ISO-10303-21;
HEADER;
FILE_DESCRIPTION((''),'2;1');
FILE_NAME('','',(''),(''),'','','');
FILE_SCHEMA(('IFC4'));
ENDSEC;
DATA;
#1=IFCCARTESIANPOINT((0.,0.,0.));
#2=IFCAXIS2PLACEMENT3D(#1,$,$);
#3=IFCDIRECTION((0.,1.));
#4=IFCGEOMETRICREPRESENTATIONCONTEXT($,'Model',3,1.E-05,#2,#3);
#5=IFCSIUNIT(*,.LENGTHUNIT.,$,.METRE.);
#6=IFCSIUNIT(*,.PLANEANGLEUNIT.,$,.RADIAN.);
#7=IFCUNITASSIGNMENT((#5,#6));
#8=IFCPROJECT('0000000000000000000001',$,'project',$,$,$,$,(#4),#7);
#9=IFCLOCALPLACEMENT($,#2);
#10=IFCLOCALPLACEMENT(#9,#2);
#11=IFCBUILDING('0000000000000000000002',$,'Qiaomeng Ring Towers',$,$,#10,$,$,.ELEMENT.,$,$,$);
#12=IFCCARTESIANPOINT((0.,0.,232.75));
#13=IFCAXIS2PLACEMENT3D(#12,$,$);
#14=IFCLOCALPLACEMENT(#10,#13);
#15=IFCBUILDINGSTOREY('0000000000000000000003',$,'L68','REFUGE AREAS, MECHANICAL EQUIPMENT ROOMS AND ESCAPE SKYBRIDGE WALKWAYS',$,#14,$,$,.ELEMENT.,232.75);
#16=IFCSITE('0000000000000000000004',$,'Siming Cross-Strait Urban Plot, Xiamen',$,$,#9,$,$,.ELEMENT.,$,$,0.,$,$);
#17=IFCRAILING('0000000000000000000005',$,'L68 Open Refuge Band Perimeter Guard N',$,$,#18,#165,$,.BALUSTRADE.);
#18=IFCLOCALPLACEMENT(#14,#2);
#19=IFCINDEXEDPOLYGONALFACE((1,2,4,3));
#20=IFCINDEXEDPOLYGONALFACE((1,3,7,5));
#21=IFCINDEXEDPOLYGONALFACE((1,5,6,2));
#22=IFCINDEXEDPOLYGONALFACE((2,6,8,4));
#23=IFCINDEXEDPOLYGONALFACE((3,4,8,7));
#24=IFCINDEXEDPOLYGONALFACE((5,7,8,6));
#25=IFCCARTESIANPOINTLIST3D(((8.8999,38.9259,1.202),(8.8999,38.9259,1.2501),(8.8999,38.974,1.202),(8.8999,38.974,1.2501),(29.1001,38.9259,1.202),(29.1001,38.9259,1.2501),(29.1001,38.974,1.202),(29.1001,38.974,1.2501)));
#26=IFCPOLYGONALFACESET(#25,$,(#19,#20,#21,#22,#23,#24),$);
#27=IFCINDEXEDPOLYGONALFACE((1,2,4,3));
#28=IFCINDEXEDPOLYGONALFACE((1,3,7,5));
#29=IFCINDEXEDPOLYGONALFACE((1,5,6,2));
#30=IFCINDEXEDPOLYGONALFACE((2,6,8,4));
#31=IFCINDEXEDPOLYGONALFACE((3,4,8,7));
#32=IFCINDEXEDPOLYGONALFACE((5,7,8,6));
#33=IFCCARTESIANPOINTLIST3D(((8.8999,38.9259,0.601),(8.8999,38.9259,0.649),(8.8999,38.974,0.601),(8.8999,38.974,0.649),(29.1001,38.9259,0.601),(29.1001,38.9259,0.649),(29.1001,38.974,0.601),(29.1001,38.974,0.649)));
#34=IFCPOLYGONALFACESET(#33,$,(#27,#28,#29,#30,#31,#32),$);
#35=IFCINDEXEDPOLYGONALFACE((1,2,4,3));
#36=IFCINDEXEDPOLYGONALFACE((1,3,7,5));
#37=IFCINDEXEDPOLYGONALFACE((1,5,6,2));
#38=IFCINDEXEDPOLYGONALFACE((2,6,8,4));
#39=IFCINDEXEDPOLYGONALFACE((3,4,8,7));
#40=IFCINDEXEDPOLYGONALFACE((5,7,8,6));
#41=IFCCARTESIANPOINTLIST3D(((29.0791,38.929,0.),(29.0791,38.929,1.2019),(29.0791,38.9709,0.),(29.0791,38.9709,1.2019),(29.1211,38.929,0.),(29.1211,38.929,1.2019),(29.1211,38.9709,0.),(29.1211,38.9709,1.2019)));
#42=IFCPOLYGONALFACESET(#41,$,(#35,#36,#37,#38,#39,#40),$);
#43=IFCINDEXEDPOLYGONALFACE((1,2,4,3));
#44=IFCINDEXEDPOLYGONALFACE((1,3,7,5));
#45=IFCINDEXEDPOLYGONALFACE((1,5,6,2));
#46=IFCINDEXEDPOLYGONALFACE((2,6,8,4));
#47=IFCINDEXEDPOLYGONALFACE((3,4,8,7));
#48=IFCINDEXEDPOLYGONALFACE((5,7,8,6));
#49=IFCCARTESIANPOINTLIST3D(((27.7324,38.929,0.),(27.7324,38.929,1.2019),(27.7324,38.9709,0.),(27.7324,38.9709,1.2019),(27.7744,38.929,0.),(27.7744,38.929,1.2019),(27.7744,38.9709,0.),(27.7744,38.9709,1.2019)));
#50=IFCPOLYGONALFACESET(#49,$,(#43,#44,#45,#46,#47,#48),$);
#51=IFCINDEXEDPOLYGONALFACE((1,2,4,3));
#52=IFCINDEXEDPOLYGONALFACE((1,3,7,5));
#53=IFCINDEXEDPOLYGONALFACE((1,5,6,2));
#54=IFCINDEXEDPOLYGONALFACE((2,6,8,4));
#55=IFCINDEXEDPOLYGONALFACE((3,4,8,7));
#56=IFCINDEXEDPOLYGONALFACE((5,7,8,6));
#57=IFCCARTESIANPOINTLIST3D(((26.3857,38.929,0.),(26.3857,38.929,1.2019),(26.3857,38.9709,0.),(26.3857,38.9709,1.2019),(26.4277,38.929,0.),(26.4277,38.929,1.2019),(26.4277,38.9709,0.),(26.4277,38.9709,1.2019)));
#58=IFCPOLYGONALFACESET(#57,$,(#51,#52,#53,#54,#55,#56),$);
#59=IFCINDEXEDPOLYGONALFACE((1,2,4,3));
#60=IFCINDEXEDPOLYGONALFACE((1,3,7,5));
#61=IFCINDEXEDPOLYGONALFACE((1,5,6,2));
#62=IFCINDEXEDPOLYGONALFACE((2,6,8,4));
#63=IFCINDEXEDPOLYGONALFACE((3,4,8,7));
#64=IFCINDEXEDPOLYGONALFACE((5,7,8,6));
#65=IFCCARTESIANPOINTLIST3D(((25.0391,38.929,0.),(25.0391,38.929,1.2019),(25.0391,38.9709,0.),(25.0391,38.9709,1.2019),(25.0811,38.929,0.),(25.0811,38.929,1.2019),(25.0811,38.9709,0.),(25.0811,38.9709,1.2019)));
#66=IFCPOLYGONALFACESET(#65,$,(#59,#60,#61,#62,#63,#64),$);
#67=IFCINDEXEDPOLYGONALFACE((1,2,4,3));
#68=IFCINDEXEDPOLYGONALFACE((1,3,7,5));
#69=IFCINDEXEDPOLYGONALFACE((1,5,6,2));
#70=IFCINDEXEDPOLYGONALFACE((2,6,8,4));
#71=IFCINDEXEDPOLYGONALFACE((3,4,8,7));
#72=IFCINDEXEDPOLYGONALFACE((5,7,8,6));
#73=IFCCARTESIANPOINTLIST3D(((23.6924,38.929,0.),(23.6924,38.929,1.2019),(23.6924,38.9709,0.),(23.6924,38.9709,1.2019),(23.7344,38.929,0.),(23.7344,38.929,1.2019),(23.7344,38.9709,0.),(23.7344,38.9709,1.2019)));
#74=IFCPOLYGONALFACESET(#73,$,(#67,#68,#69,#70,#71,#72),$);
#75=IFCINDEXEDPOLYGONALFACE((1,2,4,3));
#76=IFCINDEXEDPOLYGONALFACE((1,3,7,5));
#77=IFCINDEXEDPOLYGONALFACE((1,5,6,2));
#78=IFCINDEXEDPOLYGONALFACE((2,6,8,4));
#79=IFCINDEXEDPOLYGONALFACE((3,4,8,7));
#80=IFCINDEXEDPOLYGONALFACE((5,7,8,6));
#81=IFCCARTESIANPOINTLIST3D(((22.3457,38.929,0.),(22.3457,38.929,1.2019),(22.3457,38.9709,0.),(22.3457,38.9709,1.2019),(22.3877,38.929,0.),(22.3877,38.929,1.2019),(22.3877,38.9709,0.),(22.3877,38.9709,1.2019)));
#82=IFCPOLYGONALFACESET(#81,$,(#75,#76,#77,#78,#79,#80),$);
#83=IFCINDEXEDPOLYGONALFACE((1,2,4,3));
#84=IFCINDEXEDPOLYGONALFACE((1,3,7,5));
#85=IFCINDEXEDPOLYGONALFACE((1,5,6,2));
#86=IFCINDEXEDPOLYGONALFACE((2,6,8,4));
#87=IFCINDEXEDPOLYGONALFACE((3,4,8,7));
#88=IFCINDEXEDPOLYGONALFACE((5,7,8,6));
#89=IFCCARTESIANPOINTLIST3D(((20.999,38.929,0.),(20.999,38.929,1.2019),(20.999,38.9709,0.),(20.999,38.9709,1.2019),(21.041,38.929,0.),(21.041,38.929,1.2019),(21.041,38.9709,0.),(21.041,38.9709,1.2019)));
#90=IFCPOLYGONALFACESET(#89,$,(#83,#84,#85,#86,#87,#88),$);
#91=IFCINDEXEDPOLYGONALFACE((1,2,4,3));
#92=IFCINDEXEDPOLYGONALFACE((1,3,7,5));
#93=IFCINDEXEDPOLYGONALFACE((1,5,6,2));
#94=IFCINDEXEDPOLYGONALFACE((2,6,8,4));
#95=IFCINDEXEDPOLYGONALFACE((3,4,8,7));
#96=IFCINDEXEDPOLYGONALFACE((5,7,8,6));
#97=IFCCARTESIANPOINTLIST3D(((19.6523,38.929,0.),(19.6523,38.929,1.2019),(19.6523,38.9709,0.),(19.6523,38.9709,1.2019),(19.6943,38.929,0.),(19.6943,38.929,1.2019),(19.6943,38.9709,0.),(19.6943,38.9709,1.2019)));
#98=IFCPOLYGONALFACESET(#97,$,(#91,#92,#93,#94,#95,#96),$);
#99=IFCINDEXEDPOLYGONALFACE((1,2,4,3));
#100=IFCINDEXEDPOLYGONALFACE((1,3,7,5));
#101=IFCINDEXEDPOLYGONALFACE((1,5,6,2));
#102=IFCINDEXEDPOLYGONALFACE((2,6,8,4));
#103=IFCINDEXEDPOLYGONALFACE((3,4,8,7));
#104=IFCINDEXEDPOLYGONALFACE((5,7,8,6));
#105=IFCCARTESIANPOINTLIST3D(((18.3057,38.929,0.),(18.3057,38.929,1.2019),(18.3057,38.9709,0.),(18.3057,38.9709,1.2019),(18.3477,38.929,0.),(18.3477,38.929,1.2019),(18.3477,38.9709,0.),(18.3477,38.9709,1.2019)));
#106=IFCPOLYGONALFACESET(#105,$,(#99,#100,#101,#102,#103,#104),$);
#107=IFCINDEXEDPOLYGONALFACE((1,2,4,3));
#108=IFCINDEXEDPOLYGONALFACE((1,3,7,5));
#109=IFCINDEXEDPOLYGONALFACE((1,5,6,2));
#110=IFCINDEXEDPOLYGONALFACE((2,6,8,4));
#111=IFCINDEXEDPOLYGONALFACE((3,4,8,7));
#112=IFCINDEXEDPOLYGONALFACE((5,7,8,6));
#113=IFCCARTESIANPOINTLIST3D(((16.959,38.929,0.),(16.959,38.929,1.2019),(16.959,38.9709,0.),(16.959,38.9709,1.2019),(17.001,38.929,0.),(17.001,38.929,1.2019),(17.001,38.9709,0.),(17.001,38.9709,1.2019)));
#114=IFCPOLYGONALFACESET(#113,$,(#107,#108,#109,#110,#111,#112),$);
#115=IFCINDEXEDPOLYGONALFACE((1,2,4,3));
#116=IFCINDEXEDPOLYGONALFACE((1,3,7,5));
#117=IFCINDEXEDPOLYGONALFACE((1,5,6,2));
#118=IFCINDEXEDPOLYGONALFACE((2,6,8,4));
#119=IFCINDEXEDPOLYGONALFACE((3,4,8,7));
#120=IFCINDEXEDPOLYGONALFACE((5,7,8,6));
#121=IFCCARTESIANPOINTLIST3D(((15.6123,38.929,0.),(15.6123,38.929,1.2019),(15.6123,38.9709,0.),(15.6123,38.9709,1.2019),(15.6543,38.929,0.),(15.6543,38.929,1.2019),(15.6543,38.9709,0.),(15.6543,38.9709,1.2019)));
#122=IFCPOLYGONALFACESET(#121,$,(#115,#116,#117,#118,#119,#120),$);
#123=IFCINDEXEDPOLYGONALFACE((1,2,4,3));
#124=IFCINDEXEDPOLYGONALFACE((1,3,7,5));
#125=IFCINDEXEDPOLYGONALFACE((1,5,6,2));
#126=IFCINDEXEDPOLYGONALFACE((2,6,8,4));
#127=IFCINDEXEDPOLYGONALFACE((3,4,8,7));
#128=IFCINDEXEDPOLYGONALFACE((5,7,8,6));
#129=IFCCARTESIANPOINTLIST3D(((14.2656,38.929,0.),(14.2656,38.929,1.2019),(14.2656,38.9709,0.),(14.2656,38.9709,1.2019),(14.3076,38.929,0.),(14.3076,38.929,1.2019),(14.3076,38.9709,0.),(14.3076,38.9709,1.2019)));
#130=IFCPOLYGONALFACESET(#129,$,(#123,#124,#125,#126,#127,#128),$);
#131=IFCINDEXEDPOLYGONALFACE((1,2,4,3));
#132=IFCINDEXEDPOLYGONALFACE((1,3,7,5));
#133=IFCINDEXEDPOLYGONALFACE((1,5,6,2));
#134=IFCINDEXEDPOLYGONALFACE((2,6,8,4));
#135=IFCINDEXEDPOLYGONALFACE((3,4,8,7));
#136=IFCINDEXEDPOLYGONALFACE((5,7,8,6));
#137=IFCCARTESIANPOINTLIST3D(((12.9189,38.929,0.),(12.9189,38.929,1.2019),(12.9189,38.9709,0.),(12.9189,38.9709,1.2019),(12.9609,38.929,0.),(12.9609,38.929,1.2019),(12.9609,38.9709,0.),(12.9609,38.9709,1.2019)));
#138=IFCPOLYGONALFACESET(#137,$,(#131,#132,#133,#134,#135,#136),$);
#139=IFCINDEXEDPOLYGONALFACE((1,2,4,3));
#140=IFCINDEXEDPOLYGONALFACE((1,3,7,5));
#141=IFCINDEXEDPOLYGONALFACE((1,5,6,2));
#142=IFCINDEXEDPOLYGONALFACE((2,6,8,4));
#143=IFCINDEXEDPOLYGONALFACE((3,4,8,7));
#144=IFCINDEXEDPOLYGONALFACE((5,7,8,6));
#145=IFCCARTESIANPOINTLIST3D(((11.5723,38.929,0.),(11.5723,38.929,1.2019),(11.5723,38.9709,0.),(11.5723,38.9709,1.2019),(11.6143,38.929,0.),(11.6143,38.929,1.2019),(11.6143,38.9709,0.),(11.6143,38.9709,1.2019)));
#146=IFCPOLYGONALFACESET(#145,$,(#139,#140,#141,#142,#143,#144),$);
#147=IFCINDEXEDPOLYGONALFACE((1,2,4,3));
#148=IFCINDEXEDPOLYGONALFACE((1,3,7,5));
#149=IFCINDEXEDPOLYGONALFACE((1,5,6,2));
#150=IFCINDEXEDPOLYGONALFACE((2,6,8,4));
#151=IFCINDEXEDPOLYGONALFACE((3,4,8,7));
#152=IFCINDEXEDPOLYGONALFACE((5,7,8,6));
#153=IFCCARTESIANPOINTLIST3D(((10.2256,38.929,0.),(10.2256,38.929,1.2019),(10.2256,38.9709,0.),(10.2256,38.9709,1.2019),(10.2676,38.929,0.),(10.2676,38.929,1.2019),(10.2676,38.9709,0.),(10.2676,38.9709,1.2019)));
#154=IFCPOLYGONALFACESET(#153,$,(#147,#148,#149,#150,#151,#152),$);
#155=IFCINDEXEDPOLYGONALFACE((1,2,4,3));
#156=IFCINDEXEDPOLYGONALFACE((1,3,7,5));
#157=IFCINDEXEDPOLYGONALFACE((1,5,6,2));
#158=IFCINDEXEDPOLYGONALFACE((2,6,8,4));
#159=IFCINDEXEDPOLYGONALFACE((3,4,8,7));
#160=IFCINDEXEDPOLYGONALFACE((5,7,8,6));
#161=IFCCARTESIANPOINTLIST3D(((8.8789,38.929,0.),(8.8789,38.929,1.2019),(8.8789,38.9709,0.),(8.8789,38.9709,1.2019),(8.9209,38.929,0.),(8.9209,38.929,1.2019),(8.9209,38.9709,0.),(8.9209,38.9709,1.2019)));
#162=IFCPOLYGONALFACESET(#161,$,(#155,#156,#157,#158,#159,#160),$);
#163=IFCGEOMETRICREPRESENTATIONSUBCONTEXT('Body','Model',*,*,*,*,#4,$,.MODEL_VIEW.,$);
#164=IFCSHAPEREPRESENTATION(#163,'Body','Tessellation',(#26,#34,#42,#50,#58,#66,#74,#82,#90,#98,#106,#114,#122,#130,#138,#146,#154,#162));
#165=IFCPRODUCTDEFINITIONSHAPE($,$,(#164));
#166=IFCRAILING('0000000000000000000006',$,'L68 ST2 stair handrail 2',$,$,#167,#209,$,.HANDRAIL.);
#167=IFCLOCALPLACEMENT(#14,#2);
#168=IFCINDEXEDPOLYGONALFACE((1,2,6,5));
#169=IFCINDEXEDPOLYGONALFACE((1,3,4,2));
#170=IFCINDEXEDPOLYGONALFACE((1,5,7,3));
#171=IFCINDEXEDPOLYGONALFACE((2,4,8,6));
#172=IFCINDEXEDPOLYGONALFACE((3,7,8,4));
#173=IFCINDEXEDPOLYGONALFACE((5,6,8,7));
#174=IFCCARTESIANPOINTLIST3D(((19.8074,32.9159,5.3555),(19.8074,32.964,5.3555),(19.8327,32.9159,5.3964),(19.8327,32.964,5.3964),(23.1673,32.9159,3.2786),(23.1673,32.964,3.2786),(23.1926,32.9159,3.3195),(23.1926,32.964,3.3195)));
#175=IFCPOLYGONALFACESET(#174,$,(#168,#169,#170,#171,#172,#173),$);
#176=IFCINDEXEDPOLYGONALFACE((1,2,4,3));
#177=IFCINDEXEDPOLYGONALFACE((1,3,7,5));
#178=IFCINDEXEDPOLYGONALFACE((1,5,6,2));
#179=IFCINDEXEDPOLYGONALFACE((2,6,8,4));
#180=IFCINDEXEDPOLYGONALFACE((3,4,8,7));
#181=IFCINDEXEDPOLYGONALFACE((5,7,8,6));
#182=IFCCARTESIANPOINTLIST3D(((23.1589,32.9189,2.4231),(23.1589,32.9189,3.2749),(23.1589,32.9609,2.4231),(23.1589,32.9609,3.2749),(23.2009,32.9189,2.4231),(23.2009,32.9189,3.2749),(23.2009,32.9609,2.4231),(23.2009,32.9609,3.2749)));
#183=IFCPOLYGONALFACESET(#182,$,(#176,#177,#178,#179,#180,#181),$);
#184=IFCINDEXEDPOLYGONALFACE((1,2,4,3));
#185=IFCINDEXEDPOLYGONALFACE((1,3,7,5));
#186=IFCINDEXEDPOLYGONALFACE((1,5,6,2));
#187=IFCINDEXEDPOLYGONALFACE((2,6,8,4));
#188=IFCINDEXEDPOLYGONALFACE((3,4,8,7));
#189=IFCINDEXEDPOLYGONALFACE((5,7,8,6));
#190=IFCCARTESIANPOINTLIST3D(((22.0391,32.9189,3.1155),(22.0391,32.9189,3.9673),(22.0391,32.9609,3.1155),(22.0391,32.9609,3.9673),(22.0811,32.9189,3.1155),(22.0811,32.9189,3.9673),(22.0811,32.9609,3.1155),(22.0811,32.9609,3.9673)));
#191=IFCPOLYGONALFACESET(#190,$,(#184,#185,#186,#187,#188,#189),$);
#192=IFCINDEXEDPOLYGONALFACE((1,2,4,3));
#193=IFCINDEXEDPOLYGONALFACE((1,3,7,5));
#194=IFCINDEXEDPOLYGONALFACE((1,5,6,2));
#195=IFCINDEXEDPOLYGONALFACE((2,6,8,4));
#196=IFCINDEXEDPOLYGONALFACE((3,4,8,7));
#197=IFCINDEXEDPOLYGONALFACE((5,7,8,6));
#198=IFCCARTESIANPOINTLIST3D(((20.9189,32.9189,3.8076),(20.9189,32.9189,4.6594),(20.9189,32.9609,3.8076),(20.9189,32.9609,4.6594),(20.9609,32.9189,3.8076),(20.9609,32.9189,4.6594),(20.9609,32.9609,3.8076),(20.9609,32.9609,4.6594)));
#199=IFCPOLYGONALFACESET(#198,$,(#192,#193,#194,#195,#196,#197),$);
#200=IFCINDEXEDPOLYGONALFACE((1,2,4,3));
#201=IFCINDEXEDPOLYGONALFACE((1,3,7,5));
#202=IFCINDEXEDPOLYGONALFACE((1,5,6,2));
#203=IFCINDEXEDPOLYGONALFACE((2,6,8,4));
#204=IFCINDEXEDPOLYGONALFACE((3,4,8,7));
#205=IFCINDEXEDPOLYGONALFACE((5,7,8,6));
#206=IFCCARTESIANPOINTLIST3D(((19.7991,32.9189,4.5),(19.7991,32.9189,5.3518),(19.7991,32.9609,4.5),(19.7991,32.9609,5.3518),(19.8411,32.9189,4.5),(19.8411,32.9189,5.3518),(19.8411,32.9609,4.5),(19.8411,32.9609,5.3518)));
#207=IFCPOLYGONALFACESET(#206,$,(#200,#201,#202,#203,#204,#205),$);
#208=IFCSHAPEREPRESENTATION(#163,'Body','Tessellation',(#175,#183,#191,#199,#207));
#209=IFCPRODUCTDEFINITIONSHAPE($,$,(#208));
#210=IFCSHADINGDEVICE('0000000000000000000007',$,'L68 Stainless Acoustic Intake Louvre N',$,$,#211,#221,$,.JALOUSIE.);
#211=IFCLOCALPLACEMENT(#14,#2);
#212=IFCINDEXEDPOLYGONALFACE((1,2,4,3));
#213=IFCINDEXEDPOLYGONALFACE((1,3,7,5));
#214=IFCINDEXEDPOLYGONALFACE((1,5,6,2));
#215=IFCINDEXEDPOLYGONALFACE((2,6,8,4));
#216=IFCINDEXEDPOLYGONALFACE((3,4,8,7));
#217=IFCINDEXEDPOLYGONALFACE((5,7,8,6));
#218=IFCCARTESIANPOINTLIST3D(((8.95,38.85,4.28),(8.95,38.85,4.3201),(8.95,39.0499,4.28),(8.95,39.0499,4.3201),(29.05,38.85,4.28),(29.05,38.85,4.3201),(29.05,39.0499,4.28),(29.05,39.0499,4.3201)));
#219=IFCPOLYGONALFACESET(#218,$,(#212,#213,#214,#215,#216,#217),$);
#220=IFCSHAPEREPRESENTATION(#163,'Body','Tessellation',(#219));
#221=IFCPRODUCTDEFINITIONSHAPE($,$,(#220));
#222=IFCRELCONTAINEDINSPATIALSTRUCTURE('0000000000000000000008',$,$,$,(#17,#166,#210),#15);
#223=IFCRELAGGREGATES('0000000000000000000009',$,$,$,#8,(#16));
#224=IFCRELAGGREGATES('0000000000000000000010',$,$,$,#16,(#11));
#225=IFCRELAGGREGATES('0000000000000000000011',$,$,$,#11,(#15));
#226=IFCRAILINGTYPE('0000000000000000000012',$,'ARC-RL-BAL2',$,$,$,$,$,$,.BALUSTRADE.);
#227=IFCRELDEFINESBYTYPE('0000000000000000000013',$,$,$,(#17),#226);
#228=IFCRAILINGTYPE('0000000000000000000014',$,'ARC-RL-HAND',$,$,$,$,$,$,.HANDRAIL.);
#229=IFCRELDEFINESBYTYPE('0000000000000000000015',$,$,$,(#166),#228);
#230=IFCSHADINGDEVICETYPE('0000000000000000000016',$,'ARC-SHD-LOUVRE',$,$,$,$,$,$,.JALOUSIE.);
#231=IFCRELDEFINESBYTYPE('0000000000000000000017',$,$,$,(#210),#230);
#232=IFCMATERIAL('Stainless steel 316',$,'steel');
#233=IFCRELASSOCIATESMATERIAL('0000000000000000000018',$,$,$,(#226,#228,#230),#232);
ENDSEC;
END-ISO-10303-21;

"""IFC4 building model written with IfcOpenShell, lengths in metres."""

from ifc_helpers import new_model, si_unit, direction, frame, origin, origin_2d, place, context, subcontext, project, spatial, rectangle, extrude, source, transform, mapped, material, material_profile, profile_set, type_object, element, save


model = new_model("IFC4")

# Units and contexts
model_context = context("Model", 3, precision=1e-05, world=origin(), true_north=direction((0.0, 1.0)))
body_context = subcontext(model_context, "Body", "Model", "MODEL_VIEW")
ifc_project = project(units=[si_unit("LENGTHUNIT", "METRE"), si_unit("PLANEANGLEUNIT", "RADIAN")], contexts=[model_context])

# Site, building, storey
site_placement = place(None, origin())
site = spatial("IfcSite", under=ifc_project, at=site_placement, Name="Siming Cross-Strait Urban Plot, Xiamen", CompositionType="ELEMENT", RefElevation=0.0)
building_placement = place(site_placement, origin())
building = spatial("IfcBuilding", under=site, at=building_placement, Name="Qiaomeng Ring Towers", CompositionType="ELEMENT")
storey_placement = place(building_placement, frame((0.0, 0.0, 232.75)))
storey = spatial("IfcBuildingStorey", under=building, at=storey_placement, Name="L68", Description="REFUGE AREAS, MECHANICAL EQUIPMENT ROOMS AND ESCAPE SKYBRIDGE WALKWAYS", CompositionType="ELEMENT", Elevation=232.75)

# Shared definitions
ifc_material_1 = material(Name="Stainless steel 316", Category="steel")

# Railings
railing_type_1 = type_object("IfcRailingType", Name="ARC-RL-BAL2", PredefinedType="BALUSTRADE", material=ifc_material_1)
railing_1_placement = place(storey_placement, frame((29.1001, 38.95, 0.0)))
element("IfcRailing", 1, at=railing_1_placement, inside=storey, type_object=railing_type_1, Name="L68 Open Refuge Band Perimeter Guard N", PredefinedType="BALUSTRADE", context=body_context, shape_type="SweptSolid", body=[
    extrude(rectangle(XDim=0.0481, YDim=0.0481, at=origin_2d()), frame((0.0, 0.0, 1.2261), z_axis=(-1.0, 0.0, 0.0), x_axis=(0.0, -1.0, 0.0)), (0.0, 0.0, 1.0), 20.2002),
    extrude(rectangle(XDim=0.0481, YDim=0.0481, at=origin_2d()), frame((0.0, 0.0, 0.625), z_axis=(-1.0, 0.0, 0.0), x_axis=(0.0, -1.0, 0.0)), (0.0, 0.0, 1.0), 20.2002),
    extrude(rectangle(XDim=0.042, YDim=0.042, at=origin_2d()), origin(), (0.0, 0.0, 1.0), 1.2019),
    extrude(rectangle(XDim=0.042, YDim=0.042, at=origin_2d()), frame((-1.3467, 0.0, 0.0)), (0.0, 0.0, 1.0), 1.2019),
    extrude(rectangle(XDim=0.042, YDim=0.042, at=origin_2d()), frame((-2.6934, 0.0, 0.0)), (0.0, 0.0, 1.0), 1.2019),
    extrude(rectangle(XDim=0.042, YDim=0.042, at=origin_2d()), frame((-4.04, 0.0, 0.0)), (0.0, 0.0, 1.0), 1.2019),
    extrude(rectangle(XDim=0.042, YDim=0.042, at=origin_2d()), frame((-5.3867, 0.0, 0.0)), (0.0, 0.0, 1.0), 1.2019),
    extrude(rectangle(XDim=0.042, YDim=0.042, at=origin_2d()), frame((-6.7334, 0.0, 0.0)), (0.0, 0.0, 1.0), 1.2019),
    extrude(rectangle(XDim=0.042, YDim=0.042, at=origin_2d()), frame((-8.0801, 0.0, 0.0)), (0.0, 0.0, 1.0), 1.2019),
    extrude(rectangle(XDim=0.042, YDim=0.042, at=origin_2d()), frame((-9.4268, 0.0, 0.0)), (0.0, 0.0, 1.0), 1.2019),
    extrude(rectangle(XDim=0.042, YDim=0.042, at=origin_2d()), frame((-10.7734, 0.0, 0.0)), (0.0, 0.0, 1.0), 1.2019),
    extrude(rectangle(XDim=0.042, YDim=0.042, at=origin_2d()), frame((-12.1201, 0.0, 0.0)), (0.0, 0.0, 1.0), 1.2019),
    extrude(rectangle(XDim=0.042, YDim=0.042, at=origin_2d()), frame((-13.4668, 0.0, 0.0)), (0.0, 0.0, 1.0), 1.2019),
    extrude(rectangle(XDim=0.042, YDim=0.042, at=origin_2d()), frame((-14.8135, 0.0, 0.0)), (0.0, 0.0, 1.0), 1.2019),
    extrude(rectangle(XDim=0.042, YDim=0.042, at=origin_2d()), frame((-16.1602, 0.0, 0.0)), (0.0, 0.0, 1.0), 1.2019),
    extrude(rectangle(XDim=0.042, YDim=0.042, at=origin_2d()), frame((-17.5068, 0.0, 0.0)), (0.0, 0.0, 1.0), 1.2019),
    extrude(rectangle(XDim=0.042, YDim=0.042, at=origin_2d()), frame((-18.8535, 0.0, 0.0)), (0.0, 0.0, 1.0), 1.2019),
    extrude(rectangle(XDim=0.042, YDim=0.042, at=origin_2d()), frame((-20.2002, 0.0, 0.0)), (0.0, 0.0, 1.0), 1.2019),
])
railing_type_2 = type_object("IfcRailingType", Name="ARC-RL-HAND", PredefinedType="HANDRAIL", material=ifc_material_1)
railing_2_placement = place(storey_placement, frame((23.1799, 32.9399, 2.4231)))
element("IfcRailing", 2, at=railing_2_placement, inside=storey, type_object=railing_type_2, Name="L68 ST2 stair handrail 2", PredefinedType="HANDRAIL", context=body_context, shape_type="SweptSolid", body=[
    extrude(rectangle(XDim=0.0481, YDim=0.0481, at=origin_2d()), frame((0.0, 0.0, 0.876), z_axis=(-0.850606, 0.0, 0.525803), x_axis=(0.0, -1.0, 0.0)), (0.0, 0.0, 1.0), 3.95),
    extrude(rectangle(XDim=0.042, YDim=0.042, at=origin_2d()), origin(), (0.0, 0.0, 1.0), 0.8518),
    extrude(rectangle(XDim=0.042, YDim=0.042, at=origin_2d()), frame((-1.1199, 0.0, 0.6924)), (0.0, 0.0, 1.0), 0.8518),
    extrude(rectangle(XDim=0.042, YDim=0.042, at=origin_2d()), frame((-2.24, 0.0, 1.3845)), (0.0, 0.0, 1.0), 0.8518),
    extrude(rectangle(XDim=0.042, YDim=0.042, at=origin_2d()), frame((-3.3599, 0.0, 2.0769)), (0.0, 0.0, 1.0), 0.8518),
])

# Shading device
ifc_material_profile_1 = material_profile(ifc_material_1, rectangle(XDim=0.2, YDim=0.04, at=origin_2d()), Name="LV BLADE 200x40")
ifc_profile_set_1 = profile_set([ifc_material_profile_1], Name="Stainless steel 316")
shading_device_type = type_object("IfcShadingDeviceType", Name="ARC-SHD-LOUVRE", PredefinedType="JALOUSIE", material=ifc_profile_set_1)
shared_shape_1 = source(origin(), body_context, "Body", "SweptSolid", [
    extrude(rectangle(XDim=0.2, YDim=0.04, at=origin_2d()), origin(), (0.0, 0.0, 1.0), 20.1001),
])
shading_device_placement = place(storey_placement, frame((29.05, 38.95, 4.3), z_axis=(-1.0, 0.0, 0.0), x_axis=(0.0, -1.0, 0.0)))
element("IfcShadingDevice", 3, at=shading_device_placement, inside=storey, type_object=shading_device_type, Name="L68 Stainless Acoustic Intake Louvre N", PredefinedType="JALOUSIE", context=body_context, shape_type="MappedRepresentation", body=[
    mapped(shared_shape_1, transform((0.0, 0.0, 0.0), x_axis=(1.0, 0.0, 0.0), y_axis=(0.0, 1.0, 0.0), z_axis=(0.0, 0.0, 1.0), scale=1.0)),
])

save(model, "model.ifc")
